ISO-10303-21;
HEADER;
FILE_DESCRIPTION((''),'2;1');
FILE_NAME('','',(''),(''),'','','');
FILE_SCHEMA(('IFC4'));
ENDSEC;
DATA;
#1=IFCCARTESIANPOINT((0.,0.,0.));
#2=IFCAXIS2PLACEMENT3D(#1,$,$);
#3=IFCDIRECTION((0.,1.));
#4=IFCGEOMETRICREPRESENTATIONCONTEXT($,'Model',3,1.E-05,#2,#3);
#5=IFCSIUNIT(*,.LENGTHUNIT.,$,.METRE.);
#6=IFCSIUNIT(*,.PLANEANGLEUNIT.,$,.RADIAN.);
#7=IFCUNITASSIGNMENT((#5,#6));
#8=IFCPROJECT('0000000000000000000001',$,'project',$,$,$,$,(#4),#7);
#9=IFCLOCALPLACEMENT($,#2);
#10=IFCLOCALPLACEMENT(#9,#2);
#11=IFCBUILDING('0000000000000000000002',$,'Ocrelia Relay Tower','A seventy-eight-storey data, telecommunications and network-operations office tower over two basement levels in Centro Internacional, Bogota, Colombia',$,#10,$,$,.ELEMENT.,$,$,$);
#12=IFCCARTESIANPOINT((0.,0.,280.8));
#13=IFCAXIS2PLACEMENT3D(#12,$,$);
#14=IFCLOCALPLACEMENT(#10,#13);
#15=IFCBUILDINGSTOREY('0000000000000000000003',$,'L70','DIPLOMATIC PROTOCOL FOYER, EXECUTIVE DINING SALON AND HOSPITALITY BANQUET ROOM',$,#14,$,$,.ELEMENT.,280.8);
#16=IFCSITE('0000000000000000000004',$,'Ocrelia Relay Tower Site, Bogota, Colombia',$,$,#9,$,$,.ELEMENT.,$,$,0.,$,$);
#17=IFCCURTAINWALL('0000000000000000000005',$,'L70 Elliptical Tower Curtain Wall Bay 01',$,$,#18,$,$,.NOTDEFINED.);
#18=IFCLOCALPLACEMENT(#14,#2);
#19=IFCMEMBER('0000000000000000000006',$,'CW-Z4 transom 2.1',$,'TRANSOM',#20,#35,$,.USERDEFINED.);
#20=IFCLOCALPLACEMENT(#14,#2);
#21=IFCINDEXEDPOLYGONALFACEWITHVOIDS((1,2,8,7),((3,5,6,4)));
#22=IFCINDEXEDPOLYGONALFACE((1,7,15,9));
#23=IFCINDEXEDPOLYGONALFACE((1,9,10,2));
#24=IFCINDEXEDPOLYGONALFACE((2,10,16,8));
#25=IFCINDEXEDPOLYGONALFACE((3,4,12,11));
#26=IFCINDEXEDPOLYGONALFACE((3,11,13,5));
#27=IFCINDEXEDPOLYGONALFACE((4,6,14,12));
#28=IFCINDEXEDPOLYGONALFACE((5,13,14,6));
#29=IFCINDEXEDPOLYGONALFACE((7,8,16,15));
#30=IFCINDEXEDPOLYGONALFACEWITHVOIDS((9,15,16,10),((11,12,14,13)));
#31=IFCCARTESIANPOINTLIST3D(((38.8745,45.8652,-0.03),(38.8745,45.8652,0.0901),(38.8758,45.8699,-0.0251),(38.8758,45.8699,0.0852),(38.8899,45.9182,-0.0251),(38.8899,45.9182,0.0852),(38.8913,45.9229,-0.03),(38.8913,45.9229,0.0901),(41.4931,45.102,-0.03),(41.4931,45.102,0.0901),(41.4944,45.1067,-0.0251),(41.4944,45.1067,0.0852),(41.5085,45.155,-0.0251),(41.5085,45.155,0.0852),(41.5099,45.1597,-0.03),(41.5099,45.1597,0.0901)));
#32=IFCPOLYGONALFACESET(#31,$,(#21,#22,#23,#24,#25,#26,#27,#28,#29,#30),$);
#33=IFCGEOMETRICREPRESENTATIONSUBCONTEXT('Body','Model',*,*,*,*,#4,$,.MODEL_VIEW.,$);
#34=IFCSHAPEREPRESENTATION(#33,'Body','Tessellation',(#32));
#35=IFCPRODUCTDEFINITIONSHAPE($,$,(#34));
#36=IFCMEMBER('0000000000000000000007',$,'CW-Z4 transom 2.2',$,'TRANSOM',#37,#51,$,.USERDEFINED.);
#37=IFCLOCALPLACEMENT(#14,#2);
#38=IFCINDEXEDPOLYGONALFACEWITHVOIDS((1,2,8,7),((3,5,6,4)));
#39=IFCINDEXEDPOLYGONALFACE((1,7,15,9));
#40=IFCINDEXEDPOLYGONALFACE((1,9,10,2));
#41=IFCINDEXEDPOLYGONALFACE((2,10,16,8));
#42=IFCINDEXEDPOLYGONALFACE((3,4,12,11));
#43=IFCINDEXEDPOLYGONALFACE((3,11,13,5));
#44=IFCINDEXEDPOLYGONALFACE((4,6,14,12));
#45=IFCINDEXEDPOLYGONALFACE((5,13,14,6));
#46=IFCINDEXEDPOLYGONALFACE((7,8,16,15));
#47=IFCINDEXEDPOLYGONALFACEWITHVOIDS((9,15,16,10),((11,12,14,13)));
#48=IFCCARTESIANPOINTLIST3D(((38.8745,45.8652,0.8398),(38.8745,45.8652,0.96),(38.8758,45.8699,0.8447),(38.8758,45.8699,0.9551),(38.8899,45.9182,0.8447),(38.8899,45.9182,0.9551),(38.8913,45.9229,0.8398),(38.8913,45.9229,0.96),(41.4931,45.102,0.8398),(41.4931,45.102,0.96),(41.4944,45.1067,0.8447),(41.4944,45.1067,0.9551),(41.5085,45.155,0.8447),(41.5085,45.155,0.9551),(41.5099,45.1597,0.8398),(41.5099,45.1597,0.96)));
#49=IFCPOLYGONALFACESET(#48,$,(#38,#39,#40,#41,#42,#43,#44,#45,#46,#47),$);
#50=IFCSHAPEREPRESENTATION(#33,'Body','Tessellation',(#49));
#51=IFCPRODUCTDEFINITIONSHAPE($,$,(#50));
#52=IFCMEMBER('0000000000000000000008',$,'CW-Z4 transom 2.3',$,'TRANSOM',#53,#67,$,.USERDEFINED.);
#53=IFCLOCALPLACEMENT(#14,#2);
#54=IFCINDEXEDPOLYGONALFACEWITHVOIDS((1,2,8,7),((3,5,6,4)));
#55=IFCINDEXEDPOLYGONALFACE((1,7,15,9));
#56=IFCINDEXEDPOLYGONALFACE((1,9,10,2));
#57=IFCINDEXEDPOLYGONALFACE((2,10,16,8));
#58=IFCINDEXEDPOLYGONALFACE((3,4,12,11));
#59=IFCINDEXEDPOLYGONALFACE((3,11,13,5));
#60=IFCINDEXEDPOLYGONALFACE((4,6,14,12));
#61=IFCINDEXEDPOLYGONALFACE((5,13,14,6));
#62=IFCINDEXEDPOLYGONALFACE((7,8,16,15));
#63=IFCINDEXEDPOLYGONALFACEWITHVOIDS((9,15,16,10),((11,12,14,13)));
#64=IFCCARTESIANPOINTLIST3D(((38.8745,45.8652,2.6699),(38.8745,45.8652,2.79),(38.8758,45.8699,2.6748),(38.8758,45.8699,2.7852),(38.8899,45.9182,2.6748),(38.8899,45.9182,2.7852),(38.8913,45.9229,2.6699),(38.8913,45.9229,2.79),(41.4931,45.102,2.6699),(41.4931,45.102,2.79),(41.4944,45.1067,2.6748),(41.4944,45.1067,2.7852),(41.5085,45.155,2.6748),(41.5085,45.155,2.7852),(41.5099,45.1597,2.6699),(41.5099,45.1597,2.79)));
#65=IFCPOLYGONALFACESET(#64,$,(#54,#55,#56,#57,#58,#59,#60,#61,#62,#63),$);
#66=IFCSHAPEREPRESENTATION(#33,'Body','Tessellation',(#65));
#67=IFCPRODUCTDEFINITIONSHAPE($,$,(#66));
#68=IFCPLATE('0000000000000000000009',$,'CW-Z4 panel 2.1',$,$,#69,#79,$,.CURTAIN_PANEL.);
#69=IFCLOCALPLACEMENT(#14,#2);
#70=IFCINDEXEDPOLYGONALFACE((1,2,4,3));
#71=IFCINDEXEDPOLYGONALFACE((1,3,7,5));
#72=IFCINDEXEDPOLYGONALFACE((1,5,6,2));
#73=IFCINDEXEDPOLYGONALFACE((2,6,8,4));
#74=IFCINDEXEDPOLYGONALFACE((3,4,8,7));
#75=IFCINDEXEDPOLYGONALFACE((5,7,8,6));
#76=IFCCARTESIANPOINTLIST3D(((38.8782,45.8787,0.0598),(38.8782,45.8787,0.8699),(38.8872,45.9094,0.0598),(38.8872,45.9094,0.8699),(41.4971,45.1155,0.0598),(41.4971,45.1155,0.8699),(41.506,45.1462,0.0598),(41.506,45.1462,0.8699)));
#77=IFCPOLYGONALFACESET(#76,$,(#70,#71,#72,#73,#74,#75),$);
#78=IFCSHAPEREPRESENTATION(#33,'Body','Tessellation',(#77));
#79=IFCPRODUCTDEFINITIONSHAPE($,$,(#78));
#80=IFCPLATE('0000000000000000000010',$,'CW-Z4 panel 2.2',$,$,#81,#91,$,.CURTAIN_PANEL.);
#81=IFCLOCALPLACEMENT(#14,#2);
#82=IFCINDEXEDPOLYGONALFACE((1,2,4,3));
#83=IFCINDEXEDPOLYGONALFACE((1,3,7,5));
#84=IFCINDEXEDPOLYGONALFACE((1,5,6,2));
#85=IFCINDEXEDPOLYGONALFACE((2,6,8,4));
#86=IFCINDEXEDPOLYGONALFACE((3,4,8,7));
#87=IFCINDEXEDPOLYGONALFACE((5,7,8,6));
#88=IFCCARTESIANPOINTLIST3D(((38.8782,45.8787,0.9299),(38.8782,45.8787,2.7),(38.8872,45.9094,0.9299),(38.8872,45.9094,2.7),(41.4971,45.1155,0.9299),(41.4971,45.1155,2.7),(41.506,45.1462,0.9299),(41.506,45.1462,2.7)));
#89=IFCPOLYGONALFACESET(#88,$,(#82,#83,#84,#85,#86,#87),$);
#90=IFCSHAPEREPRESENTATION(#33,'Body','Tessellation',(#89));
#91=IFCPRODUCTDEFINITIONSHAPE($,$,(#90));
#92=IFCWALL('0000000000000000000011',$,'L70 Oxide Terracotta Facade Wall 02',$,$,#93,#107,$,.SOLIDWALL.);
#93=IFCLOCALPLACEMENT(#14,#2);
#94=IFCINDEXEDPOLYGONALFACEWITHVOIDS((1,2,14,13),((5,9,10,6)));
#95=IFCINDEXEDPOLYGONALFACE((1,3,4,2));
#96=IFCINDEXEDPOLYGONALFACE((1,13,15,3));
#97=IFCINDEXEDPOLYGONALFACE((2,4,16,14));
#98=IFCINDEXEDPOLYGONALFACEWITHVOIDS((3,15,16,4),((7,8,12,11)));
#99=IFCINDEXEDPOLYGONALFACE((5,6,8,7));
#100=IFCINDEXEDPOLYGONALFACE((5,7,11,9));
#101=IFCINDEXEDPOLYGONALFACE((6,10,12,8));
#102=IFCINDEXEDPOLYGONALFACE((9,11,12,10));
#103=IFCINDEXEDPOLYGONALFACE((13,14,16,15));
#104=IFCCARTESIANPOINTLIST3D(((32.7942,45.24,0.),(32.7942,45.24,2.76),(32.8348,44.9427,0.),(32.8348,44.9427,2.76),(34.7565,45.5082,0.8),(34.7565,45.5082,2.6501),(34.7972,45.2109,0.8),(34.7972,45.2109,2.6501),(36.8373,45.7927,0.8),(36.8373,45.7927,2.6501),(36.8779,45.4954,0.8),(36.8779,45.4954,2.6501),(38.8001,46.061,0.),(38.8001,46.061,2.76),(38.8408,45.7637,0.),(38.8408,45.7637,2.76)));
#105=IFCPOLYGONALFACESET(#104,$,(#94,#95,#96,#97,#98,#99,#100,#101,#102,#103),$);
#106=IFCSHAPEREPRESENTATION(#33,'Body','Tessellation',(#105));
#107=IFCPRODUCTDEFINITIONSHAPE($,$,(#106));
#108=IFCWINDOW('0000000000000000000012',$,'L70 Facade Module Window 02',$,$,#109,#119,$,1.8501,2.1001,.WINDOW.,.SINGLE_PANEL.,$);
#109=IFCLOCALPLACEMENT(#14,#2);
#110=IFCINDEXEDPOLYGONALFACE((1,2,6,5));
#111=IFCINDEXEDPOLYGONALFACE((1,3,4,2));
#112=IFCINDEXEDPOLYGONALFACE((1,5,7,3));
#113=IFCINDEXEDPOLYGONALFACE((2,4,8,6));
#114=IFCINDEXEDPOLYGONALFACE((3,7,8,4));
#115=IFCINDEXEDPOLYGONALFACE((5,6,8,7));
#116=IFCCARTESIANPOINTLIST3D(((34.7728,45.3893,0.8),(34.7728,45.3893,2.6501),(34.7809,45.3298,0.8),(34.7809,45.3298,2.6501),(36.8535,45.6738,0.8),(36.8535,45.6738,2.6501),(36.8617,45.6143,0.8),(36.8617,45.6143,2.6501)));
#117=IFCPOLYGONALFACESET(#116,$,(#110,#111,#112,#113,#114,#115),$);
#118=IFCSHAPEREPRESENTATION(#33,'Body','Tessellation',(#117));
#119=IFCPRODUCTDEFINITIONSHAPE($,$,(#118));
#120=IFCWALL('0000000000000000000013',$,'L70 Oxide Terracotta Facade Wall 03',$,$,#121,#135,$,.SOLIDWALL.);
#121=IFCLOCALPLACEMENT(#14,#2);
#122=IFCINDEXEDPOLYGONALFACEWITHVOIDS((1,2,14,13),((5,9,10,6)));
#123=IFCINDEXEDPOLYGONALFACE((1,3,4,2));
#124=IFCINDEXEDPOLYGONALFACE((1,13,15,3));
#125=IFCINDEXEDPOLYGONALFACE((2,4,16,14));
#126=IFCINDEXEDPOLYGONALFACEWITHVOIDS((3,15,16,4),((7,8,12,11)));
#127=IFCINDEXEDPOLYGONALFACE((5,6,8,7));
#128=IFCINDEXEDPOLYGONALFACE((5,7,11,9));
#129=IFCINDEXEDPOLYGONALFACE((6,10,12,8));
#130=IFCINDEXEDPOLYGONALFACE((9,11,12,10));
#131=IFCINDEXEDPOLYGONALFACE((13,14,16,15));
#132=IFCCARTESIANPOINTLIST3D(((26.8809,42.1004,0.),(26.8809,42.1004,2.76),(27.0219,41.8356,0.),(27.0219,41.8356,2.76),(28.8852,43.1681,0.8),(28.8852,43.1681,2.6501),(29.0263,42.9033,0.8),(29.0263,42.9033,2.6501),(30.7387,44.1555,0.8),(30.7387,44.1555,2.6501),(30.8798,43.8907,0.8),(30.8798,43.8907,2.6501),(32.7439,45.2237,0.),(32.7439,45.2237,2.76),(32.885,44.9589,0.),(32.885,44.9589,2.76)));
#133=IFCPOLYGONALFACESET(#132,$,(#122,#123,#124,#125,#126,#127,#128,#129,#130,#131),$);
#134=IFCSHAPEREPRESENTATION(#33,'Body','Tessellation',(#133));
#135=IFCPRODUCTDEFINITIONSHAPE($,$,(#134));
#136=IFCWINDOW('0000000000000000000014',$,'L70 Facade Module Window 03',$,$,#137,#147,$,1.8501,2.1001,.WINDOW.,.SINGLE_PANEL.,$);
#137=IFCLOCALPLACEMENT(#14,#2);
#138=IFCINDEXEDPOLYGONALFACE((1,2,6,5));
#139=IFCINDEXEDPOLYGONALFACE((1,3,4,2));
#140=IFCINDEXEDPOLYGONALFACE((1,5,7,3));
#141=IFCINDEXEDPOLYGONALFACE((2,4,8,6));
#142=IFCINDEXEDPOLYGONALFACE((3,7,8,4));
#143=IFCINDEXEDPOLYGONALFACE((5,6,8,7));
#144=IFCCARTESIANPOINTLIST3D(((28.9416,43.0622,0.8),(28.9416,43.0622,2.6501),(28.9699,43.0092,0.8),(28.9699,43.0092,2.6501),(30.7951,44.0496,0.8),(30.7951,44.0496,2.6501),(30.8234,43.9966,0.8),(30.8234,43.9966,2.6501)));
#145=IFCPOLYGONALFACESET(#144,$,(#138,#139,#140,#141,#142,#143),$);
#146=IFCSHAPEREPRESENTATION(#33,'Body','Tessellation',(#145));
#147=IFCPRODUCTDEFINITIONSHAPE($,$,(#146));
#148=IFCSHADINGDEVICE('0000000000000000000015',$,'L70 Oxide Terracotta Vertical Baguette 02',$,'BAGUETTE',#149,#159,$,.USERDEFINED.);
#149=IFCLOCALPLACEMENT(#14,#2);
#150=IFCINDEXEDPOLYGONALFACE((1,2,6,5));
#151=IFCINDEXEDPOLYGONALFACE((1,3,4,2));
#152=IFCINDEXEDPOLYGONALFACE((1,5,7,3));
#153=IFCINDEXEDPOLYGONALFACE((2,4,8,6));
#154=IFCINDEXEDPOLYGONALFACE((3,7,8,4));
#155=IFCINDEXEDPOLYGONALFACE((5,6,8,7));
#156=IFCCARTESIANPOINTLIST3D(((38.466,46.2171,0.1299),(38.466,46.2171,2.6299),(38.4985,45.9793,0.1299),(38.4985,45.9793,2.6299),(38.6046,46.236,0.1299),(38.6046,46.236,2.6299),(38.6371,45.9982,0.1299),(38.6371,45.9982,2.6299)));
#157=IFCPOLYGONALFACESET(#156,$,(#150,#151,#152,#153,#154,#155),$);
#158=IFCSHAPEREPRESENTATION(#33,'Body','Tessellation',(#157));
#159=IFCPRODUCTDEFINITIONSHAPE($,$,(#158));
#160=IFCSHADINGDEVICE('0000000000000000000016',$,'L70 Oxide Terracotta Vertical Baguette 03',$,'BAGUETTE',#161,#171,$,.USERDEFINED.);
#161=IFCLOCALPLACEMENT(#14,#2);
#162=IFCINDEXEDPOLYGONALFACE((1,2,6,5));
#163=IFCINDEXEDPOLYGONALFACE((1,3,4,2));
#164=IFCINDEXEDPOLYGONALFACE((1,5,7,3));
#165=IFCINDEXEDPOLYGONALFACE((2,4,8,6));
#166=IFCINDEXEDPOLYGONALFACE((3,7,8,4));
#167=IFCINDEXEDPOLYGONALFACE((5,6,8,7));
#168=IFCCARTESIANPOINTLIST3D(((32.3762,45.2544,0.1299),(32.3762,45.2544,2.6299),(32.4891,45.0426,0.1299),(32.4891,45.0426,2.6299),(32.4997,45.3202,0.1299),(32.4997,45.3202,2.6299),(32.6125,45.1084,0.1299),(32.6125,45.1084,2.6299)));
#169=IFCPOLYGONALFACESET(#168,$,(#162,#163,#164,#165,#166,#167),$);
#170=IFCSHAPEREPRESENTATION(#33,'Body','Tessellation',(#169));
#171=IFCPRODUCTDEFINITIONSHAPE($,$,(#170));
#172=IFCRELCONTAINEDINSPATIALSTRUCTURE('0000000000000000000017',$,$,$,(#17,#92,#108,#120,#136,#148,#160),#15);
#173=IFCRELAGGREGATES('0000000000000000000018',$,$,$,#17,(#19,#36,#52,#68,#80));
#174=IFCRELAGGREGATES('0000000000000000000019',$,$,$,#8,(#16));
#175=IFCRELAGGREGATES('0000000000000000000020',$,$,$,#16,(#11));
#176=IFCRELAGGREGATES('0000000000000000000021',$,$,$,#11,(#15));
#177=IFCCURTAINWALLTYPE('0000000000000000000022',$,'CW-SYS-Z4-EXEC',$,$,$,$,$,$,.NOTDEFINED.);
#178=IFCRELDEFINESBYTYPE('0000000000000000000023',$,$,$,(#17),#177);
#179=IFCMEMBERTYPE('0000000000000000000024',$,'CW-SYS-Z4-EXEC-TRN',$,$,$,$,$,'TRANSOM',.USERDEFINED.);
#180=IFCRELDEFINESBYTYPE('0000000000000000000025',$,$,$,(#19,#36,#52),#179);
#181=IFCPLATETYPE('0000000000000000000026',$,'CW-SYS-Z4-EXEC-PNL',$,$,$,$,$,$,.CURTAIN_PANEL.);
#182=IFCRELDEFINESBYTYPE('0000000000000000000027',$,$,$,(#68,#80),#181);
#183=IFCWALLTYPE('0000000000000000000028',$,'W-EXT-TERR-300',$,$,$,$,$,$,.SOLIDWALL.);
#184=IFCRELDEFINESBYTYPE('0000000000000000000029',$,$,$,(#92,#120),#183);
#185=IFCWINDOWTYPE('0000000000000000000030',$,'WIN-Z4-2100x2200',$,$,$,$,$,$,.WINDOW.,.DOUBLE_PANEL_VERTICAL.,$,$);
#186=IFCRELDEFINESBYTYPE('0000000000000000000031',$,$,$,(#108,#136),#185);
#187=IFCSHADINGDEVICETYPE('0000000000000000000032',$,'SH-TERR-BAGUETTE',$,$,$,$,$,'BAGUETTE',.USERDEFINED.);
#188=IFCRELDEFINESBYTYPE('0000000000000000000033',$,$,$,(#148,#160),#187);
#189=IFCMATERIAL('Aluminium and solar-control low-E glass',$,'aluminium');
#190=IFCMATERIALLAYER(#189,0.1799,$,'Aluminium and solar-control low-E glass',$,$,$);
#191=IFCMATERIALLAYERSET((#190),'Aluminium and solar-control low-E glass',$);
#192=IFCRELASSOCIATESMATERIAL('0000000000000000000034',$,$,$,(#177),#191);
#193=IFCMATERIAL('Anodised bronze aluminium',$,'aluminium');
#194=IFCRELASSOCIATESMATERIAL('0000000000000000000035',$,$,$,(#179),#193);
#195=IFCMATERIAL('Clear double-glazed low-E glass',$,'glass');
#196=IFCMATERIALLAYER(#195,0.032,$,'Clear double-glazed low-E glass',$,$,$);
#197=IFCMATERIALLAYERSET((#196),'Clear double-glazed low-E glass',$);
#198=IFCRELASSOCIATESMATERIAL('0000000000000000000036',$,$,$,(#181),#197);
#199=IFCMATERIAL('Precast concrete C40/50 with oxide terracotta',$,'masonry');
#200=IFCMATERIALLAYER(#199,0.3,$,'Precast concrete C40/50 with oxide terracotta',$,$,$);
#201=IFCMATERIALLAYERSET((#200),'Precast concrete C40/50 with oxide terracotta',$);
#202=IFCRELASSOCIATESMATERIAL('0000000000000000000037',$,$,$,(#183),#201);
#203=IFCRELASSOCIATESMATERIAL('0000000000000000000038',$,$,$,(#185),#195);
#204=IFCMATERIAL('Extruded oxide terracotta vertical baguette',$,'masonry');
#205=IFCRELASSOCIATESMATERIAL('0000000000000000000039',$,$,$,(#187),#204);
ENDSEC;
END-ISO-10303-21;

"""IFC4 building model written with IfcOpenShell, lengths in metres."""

from ifc_helpers import new_model, si_unit, direction, frame, frame_2d, origin, origin_2d, place, context, subcontext, project, spatial, rectangle, hollow_rectangle, extrude, material, layer, layer_set, material_profile, profile_set, type_object, element, fill, aggregate, save


model = new_model("IFC4")

# Units and contexts
model_context = context("Model", 3, precision=1e-05, world=origin(), true_north=direction((0.0, 1.0)))
body_context = subcontext(model_context, "Body", "Model", "MODEL_VIEW")
ifc_project = project(units=[si_unit("LENGTHUNIT", "METRE"), si_unit("PLANEANGLEUNIT", "RADIAN")], contexts=[model_context])

# Site, building, storey
site_placement = place(None, origin())
site = spatial("IfcSite", under=ifc_project, at=site_placement, Name="Ocrelia Relay Tower Site, Bogota, Colombia", CompositionType="ELEMENT", RefElevation=0.0)
building_placement = place(site_placement, origin())
building = spatial("IfcBuilding", under=site, at=building_placement, Name="Ocrelia Relay Tower", Description="A seventy-eight-storey data, telecommunications and network-operations office tower over two basement levels in Centro Internacional, Bogota, Colombia", CompositionType="ELEMENT")
storey_placement = place(building_placement, frame((0.0, 0.0, 280.8)))
storey = spatial("IfcBuildingStorey", under=building, at=storey_placement, Name="L70", Description="DIPLOMATIC PROTOCOL FOYER, EXECUTIVE DINING SALON AND HOSPITALITY BANQUET ROOM", CompositionType="ELEMENT", Elevation=280.8)

# Curtain wall, members, plates
ifc_material_1 = material(Name="Aluminium and solar-control low-E glass", Category="aluminium")
ifc_layer_1 = layer(ifc_material_1, 0.1799, Name="Aluminium and solar-control low-E glass")
ifc_layer_set_1 = layer_set([ifc_layer_1], Name="Aluminium and solar-control low-E glass")
curtain_wall_type = type_object("IfcCurtainWallType", Name="CW-SYS-Z4-EXEC", PredefinedType="NOTDEFINED", material=ifc_layer_set_1)
curtain_wall_placement = place(storey_placement, origin())
curtain_wall = element("IfcCurtainWall", 1, at=curtain_wall_placement, inside=storey, type_object=curtain_wall_type, Name="L70 Elliptical Tower Curtain Wall Bay 01", PredefinedType="NOTDEFINED")
ifc_material_2 = material(Name="Anodised bronze aluminium", Category="aluminium")
ifc_material_profile_1 = material_profile(ifc_material_2, hollow_rectangle(XDim=0.0601, YDim=0.1201, WallThickness=0.0049, at=origin_2d()), Name="CW-TRN-120x60")
ifc_profile_set_1 = profile_set([ifc_material_profile_1], Name="Anodised bronze aluminium")
member_type_1 = type_object("IfcMemberType", Name="CW-SYS-Z4-EXEC-TRN", ElementType="TRANSOM", PredefinedType="USERDEFINED", material=ifc_profile_set_1)
member_1_placement = place(storey_placement, frame((41.5015, 45.1309, 0.03), z_axis=(-0.960058, 0.279801, 0.0), x_axis=(-0.279801, -0.960058, 0.0)))
member_1 = element("IfcMember", 2, at=member_1_placement, type_object=member_type_1, Name="CW-Z4 transom 2.1", ObjectType="TRANSOM", PredefinedType="USERDEFINED", context=body_context, shape_type="SweptSolid", body=[
    extrude(hollow_rectangle(XDim=0.0601, YDim=0.1201, WallThickness=0.0049, at=origin_2d()), origin(), (0.0, 0.0, 1.0), 2.7275),
])
member_2_placement = place(storey_placement, frame((41.5015, 45.1309, 0.8999), z_axis=(-0.960058, 0.279801, 0.0), x_axis=(-0.279801, -0.960058, 0.0)))
member_2 = element("IfcMember", 3, at=member_2_placement, type_object=member_type_1, Name="CW-Z4 transom 2.2", ObjectType="TRANSOM", PredefinedType="USERDEFINED", context=body_context, shape_type="SweptSolid", body=[
    extrude(hollow_rectangle(XDim=0.0601, YDim=0.1201, WallThickness=0.0049, at=origin_2d()), origin(), (0.0, 0.0, 1.0), 2.7275),
])
member_3_placement = place(storey_placement, frame((41.5015, 45.1309, 2.73), z_axis=(-0.960058, 0.279801, 0.0), x_axis=(-0.279801, -0.960058, 0.0)))
member_3 = element("IfcMember", 4, at=member_3_placement, type_object=member_type_1, Name="CW-Z4 transom 2.3", ObjectType="TRANSOM", PredefinedType="USERDEFINED", context=body_context, shape_type="SweptSolid", body=[
    extrude(hollow_rectangle(XDim=0.0601, YDim=0.1201, WallThickness=0.0049, at=origin_2d()), origin(), (0.0, 0.0, 1.0), 2.7275),
])
ifc_material_3 = material(Name="Clear double-glazed low-E glass", Category="glass")
ifc_layer_2 = layer(ifc_material_3, 0.032, Name="Clear double-glazed low-E glass")
ifc_layer_set_2 = layer_set([ifc_layer_2], Name="Clear double-glazed low-E glass")
plate_type = type_object("IfcPlateType", Name="CW-SYS-Z4-EXEC-PNL", PredefinedType="CURTAIN_PANEL", material=ifc_layer_set_2)
plate_1_placement = place(storey_placement, frame((40.1921, 45.5125, 0.0598), z_axis=(0.0, 0.0, 1.0), x_axis=(-0.960062, 0.279787, 0.0)))
plate_1 = element("IfcPlate", 5, at=plate_1_placement, type_object=plate_type, Name="CW-Z4 panel 2.1", PredefinedType="CURTAIN_PANEL", context=body_context, shape_type="SweptSolid", body=[
    extrude(rectangle(XDim=2.7278, YDim=0.032, at=origin_2d()), origin(), (0.0, 0.0, 1.0), 0.8101),
])
plate_2_placement = place(storey_placement, frame((40.1921, 45.5125, 0.9299), z_axis=(0.0, 0.0, 1.0), x_axis=(-0.960062, 0.279787, 0.0)))
plate_2 = element("IfcPlate", 6, at=plate_2_placement, type_object=plate_type, Name="CW-Z4 panel 2.2", PredefinedType="CURTAIN_PANEL", context=body_context, shape_type="SweptSolid", body=[
    extrude(rectangle(XDim=2.7278, YDim=0.032, at=origin_2d()), origin(), (0.0, 0.0, 1.0), 1.77),
])
aggregate(curtain_wall, [member_1, member_2, member_3, plate_1, plate_2])

# Walls, openings, windows
ifc_material_4 = material(Name="Precast concrete C40/50 with oxide terracotta", Category="masonry")
ifc_layer_3 = layer(ifc_material_4, 0.3, Name="Precast concrete C40/50 with oxide terracotta")
ifc_layer_set_3 = layer_set([ifc_layer_3], Name="Precast concrete C40/50 with oxide terracotta")
wall_type = type_object("IfcWallType", Name="W-EXT-TERR-300", PredefinedType="SOLIDWALL", material=ifc_layer_set_3)
wall_1_placement = place(storey_placement, frame((38.8203, 45.9124, 0.0), z_axis=(0.0, 0.0, 1.0), x_axis=(-0.990785, -0.135447, 0.0)))
wall_1 = element("IfcWall", 7, at=wall_1_placement, inside=storey, type_object=wall_type, Name="L70 Oxide Terracotta Facade Wall 02", PredefinedType="SOLIDWALL", context=body_context, shape_type="SweptSolid", body=[
    extrude(rectangle(XDim=6.0618, YDim=0.3, at=frame_2d((3.0308, 0.0))), origin(), (0.0, 0.0, 1.0), 2.76),
])
opening_1_placement = place(wall_1_placement, frame((1.981, 0.0, 0.8)))
opening_1 = element("IfcOpeningElement", 8, at=opening_1_placement, cuts=wall_1, PredefinedType="OPENING", context=body_context, shape_type="SweptSolid", body=[
    extrude(rectangle(XDim=2.1001, YDim=1.8501, at=frame_2d((1.05, 0.925))), frame((0.0, 0.1602, 0.0), z_axis=(0.0, -1.0, 0.0), x_axis=(1.0, 0.0, 0.0)), (0.0, 0.0, 1.0), 0.3201),
])
window_type = type_object("IfcWindowType", Name="WIN-Z4-2100x2200", PartitioningType="DOUBLE_PANEL_VERTICAL", PredefinedType="WINDOW", material=ifc_material_3)
window_1_placement = place(opening_1_placement, origin())
window_1 = element("IfcWindow", 9, at=window_1_placement, inside=storey, type_object=window_type, Name="L70 Facade Module Window 02", OverallHeight=1.8501, OverallWidth=2.1001, PartitioningType="SINGLE_PANEL", PredefinedType="WINDOW", context=body_context, shape_type="SweptSolid", body=[
    extrude(rectangle(XDim=2.1001, YDim=1.8501, at=frame_2d((1.05, 0.925))), frame((0.0, 0.03, 0.0), z_axis=(0.0, -1.0, 0.0), x_axis=(1.0, 0.0, 0.0)), (0.0, 0.0, 1.0), 0.0601),
])
fill(opening_1, window_1)
wall_2_placement = place(storey_placement, frame((32.8145, 45.0913, 0.0), z_axis=(0.0, 0.0, 1.0), x_axis=(-0.882582, -0.470159, 0.0)))
wall_2 = element("IfcWall", 10, at=wall_2_placement, inside=storey, type_object=wall_type, Name="L70 Oxide Terracotta Facade Wall 03", PredefinedType="SOLIDWALL", context=body_context, shape_type="SweptSolid", body=[
    extrude(rectangle(XDim=6.6431, YDim=0.3, at=frame_2d((3.3215, 0.0))), origin(), (0.0, 0.0, 1.0), 2.76),
])
opening_2_placement = place(wall_2_placement, frame((2.272, 0.0, 0.8)))
opening_2 = element("IfcOpeningElement", 11, at=opening_2_placement, cuts=wall_2, PredefinedType="OPENING", context=body_context, shape_type="SweptSolid", body=[
    extrude(rectangle(XDim=2.1001, YDim=1.8501, at=frame_2d((1.05, 0.925))), frame((0.0, 0.1602, 0.0), z_axis=(0.0, -1.0, 0.0), x_axis=(1.0, 0.0, 0.0)), (0.0, 0.0, 1.0), 0.3201),
])
window_2_placement = place(opening_2_placement, origin())
window_2 = element("IfcWindow", 12, at=window_2_placement, inside=storey, type_object=window_type, Name="L70 Facade Module Window 03", OverallHeight=1.8501, OverallWidth=2.1001, PartitioningType="SINGLE_PANEL", PredefinedType="WINDOW", context=body_context, shape_type="SweptSolid", body=[
    extrude(rectangle(XDim=2.1001, YDim=1.8501, at=frame_2d((1.05, 0.925))), frame((0.0, 0.03, 0.0), z_axis=(0.0, -1.0, 0.0), x_axis=(1.0, 0.0, 0.0)), (0.0, 0.0, 1.0), 0.0601),
])
fill(opening_2, window_2)

# Shading devices
ifc_material_5 = material(Name="Extruded oxide terracotta vertical baguette", Category="masonry")
shading_device_type_1 = type_object("IfcShadingDeviceType", Name="SH-TERR-BAGUETTE", ElementType="BAGUETTE", PredefinedType="USERDEFINED", material=ifc_material_5)
for number, where, z_axis, x_axis, name in (
    (13, (38.5515, 46.1077, 0.1299), (0.0, 0.0, 1.0), (-0.990788, -0.135421, 0.0), "L70 Oxide Terracotta Vertical Baguette 02"),
    (14, (32.4944, 45.1814, 0.1299), (0.0, 0.0, 1.0), (-0.882567, -0.470186, 0.0), "L70 Oxide Terracotta Vertical Baguette 03"),
):
    element("IfcShadingDevice", number, at=place(storey_placement, frame(where, z_axis=z_axis, x_axis=x_axis)), inside=storey, type_object=shading_device_type_1, Name=name, ObjectType="BAGUETTE", PredefinedType="USERDEFINED", context=body_context, shape_type="SweptSolid", body=[
        extrude(rectangle(XDim=0.1399, YDim=0.24, at=origin_2d()), origin(), (0.0, 0.0, 1.0), 2.5),
    ])

save(model, "model.ifc")
